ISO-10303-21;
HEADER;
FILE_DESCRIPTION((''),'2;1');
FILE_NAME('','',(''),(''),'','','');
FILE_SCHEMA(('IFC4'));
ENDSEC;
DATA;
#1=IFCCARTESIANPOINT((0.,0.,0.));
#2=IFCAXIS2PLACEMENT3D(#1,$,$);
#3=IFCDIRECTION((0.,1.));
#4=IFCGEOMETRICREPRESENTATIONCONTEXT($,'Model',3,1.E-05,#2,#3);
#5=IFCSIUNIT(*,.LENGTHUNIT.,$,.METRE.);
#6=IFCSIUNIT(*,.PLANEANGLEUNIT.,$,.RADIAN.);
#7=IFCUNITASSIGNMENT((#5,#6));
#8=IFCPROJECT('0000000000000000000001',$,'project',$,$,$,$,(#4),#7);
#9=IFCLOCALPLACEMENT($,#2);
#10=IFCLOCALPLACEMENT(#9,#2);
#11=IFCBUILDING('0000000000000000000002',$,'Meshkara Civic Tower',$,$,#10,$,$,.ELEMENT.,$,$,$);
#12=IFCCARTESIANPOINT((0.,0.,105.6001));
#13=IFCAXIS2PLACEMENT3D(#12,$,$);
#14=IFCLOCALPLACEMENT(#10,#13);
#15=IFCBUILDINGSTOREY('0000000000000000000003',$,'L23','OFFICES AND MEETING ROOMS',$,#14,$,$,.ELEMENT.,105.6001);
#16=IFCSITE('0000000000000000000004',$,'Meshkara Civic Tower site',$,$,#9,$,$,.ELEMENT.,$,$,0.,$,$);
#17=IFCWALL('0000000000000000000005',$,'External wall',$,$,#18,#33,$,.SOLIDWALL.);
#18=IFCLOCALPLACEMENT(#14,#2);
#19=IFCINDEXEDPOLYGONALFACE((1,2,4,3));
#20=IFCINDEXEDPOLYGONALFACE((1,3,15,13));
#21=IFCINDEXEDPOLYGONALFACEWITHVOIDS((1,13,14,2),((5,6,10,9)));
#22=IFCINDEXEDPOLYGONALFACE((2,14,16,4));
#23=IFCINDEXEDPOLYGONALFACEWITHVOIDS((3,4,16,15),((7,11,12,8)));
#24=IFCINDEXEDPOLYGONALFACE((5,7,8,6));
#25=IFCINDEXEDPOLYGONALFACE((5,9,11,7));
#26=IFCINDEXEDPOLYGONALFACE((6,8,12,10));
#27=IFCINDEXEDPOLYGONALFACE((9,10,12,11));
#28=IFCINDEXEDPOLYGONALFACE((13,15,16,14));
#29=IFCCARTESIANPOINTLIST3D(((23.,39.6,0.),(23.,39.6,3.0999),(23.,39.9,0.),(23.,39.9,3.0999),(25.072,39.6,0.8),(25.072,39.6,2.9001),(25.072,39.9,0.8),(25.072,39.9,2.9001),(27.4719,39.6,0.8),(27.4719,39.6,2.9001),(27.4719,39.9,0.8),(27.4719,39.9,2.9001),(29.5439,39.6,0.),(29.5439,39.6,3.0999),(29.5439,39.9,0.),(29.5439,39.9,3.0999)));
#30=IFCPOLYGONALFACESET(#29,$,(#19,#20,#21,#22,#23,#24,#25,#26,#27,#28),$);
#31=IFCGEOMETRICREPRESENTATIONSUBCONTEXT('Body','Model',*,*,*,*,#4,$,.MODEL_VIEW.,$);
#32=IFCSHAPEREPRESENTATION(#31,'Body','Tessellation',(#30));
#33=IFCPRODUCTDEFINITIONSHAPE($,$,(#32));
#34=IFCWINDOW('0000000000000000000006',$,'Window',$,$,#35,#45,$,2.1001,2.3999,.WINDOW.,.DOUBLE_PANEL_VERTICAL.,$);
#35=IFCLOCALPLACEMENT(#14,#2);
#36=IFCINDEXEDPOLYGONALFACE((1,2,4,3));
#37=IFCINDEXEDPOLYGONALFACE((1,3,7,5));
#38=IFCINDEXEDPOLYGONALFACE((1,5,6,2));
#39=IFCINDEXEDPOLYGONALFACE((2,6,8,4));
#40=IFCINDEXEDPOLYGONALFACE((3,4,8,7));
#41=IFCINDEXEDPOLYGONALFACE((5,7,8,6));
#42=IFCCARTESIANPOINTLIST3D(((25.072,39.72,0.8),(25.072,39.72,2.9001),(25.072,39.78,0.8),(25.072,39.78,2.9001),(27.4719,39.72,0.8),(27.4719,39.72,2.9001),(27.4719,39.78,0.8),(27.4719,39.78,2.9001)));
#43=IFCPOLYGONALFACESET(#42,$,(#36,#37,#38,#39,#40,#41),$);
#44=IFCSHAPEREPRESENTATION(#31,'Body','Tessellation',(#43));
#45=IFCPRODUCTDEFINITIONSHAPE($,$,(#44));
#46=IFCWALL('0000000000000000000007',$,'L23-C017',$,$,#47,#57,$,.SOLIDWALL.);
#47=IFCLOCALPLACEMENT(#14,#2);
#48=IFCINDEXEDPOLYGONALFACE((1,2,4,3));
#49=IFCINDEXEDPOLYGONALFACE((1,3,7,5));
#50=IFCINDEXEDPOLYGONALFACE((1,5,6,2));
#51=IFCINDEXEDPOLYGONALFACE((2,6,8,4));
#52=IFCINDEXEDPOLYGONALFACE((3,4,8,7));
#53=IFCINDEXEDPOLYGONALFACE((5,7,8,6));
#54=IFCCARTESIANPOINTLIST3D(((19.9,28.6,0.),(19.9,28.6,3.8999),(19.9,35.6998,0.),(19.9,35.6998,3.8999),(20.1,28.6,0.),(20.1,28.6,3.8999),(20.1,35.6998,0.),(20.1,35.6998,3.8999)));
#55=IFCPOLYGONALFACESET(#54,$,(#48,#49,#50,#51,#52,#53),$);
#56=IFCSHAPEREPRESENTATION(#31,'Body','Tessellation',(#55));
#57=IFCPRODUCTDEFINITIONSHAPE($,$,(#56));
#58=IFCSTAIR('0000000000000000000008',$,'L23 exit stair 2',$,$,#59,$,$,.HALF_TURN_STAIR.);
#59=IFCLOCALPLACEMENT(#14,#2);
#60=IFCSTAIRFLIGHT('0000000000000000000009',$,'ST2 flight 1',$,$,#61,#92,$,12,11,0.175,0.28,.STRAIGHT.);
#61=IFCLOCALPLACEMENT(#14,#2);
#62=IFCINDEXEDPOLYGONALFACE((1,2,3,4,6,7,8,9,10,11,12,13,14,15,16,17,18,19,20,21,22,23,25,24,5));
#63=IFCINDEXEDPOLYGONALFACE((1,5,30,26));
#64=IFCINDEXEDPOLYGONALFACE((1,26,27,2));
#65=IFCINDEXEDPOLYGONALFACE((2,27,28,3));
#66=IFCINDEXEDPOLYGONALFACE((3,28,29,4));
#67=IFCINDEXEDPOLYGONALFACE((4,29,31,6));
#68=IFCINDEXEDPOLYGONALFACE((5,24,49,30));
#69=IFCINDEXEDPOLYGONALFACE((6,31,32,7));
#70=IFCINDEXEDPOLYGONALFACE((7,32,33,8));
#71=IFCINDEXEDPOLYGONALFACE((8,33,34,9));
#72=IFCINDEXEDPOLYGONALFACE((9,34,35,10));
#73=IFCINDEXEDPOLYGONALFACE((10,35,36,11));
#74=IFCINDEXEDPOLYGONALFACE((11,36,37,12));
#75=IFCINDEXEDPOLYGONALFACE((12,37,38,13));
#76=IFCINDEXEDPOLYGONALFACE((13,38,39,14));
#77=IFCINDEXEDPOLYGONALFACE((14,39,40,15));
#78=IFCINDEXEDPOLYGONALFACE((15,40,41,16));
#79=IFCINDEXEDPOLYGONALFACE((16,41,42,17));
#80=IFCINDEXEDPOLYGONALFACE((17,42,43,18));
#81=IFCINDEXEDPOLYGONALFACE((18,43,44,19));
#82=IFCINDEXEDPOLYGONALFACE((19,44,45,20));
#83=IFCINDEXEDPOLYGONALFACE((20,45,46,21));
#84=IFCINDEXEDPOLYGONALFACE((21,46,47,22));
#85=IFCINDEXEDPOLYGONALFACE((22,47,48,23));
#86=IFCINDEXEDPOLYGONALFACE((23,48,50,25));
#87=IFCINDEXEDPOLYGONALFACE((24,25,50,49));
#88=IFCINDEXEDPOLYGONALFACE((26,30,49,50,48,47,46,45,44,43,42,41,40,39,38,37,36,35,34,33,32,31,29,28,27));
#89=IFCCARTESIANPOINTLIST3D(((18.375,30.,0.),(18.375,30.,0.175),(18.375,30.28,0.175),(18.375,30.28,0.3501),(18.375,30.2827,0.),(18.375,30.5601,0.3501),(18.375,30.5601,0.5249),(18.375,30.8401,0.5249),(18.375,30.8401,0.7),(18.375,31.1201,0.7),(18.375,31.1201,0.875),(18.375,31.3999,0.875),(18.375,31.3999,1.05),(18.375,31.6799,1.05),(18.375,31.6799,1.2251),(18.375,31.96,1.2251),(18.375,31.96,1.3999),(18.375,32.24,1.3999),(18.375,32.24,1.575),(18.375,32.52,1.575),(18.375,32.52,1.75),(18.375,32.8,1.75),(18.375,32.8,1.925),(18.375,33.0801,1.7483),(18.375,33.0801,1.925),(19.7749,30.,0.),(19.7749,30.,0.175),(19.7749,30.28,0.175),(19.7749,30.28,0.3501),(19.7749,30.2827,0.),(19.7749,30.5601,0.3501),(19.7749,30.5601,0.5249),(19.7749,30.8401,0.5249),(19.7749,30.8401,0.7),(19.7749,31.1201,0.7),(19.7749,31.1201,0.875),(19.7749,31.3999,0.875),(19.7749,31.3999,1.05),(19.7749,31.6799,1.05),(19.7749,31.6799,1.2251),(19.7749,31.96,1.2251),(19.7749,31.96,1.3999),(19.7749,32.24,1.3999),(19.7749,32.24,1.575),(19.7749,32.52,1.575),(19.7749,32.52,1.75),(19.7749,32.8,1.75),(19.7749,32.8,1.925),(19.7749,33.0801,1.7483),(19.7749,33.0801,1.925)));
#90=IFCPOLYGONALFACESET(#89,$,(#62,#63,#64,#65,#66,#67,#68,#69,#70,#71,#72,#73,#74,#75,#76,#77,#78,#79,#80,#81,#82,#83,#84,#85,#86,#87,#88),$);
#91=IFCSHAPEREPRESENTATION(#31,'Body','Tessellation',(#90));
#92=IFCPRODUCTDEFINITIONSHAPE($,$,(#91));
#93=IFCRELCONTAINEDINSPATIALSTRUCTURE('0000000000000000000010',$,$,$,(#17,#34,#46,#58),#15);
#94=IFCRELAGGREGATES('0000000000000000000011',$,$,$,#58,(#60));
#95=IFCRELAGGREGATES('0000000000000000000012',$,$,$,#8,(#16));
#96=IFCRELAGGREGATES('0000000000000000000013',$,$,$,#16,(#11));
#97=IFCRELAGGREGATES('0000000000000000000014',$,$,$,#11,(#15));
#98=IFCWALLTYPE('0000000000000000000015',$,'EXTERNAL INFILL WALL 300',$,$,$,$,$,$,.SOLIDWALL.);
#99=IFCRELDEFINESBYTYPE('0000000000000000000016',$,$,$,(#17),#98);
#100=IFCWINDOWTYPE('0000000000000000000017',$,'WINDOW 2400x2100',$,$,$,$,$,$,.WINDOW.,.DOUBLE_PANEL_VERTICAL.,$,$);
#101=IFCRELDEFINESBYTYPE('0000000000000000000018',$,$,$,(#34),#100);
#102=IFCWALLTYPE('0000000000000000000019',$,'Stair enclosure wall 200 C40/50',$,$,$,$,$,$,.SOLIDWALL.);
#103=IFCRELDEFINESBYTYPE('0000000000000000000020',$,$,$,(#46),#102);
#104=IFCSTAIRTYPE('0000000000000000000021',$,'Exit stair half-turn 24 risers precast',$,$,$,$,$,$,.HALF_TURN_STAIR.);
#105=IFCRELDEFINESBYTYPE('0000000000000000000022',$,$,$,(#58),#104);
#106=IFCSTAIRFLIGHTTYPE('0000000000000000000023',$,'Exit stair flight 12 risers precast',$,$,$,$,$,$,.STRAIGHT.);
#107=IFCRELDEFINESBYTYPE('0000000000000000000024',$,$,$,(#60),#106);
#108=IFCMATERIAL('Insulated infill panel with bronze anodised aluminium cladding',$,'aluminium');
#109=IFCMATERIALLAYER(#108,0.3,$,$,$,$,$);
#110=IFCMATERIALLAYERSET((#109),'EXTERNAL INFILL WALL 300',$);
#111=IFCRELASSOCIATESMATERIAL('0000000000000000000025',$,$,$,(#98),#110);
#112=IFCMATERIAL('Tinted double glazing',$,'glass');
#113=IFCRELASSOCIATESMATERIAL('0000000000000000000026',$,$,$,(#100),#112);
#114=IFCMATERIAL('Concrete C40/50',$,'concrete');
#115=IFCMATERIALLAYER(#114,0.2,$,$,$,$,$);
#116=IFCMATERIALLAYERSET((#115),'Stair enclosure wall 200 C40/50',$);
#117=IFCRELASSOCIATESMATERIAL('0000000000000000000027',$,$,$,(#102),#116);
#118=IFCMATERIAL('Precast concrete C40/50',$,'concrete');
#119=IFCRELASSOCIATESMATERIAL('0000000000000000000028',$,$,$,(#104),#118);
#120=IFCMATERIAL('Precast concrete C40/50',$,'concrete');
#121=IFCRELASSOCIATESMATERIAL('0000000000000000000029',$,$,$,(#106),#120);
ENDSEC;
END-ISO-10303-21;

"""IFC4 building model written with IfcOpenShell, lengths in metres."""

from ifc_helpers import new_model, si_unit, direction, frame, frame_2d, origin, place, context, subcontext, project, spatial, polyline, rectangle, outline, extrude, material, layer, layer_set, type_object, element, fill, aggregate, save


model = new_model("IFC4")

# Units and contexts
model_context = context("Model", 3, precision=1e-05, world=origin(), true_north=direction((0.0, 1.0)))
body_context = subcontext(model_context, "Body", "Model", "MODEL_VIEW")
ifc_project = project(units=[si_unit("LENGTHUNIT", "METRE"), si_unit("PLANEANGLEUNIT", "RADIAN")], contexts=[model_context])

# Site, building, storey
site_placement = place(None, origin())
site = spatial("IfcSite", under=ifc_project, at=site_placement, Name="Meshkara Civic Tower site", CompositionType="ELEMENT", RefElevation=0.0)
building_placement = place(site_placement, origin())
building = spatial("IfcBuilding", under=site, at=building_placement, Name="Meshkara Civic Tower", CompositionType="ELEMENT")
storey_placement = place(building_placement, frame((0.0, 0.0, 105.6001)))
storey = spatial("IfcBuildingStorey", under=building, at=storey_placement, Name="L23", Description="OFFICES AND MEETING ROOMS", CompositionType="ELEMENT", Elevation=105.6001)

# Wall, opening, window
ifc_material_1 = material(Name="Insulated infill panel with bronze anodised aluminium cladding", Category="aluminium")
ifc_layer_1 = layer(ifc_material_1, 0.3)
ifc_layer_set_1 = layer_set([ifc_layer_1], Name="EXTERNAL INFILL WALL 300")
wall_type_1 = type_object("IfcWallType", Name="EXTERNAL INFILL WALL 300", PredefinedType="SOLIDWALL", material=ifc_layer_set_1)
ifc_material_2 = material(Name="Tinted double glazing", Category="glass")
window_type_1 = type_object("IfcWindowType", Name="WINDOW 2400x2100", PartitioningType="DOUBLE_PANEL_VERTICAL", PredefinedType="WINDOW", material=ifc_material_2)
wall_1_placement = place(storey_placement, frame((29.5439, 39.75, 0.0), z_axis=(0.0, 0.0, 1.0), x_axis=(-1.0, 0.0, 0.0)))
wall_1 = element("IfcWall", 1, at=wall_1_placement, inside=storey, type_object=wall_type_1, Name="External wall", PredefinedType="SOLIDWALL", context=body_context, shape_type="SweptSolid", body=[
    extrude(rectangle(XDim=6.5439, YDim=0.3, at=frame_2d((3.272, 0.0))), origin(), (0.0, 0.0, 1.0), 3.0999),
])
opening_1_placement = place(wall_1_placement, frame((2.072, 0.0, 0.8)))
opening_1 = element("IfcOpeningElement", 2, at=opening_1_placement, cuts=wall_1, PredefinedType="OPENING", context=body_context, shape_type="SweptSolid", body=[
    extrude(rectangle(XDim=2.3999, YDim=2.1001, at=frame_2d((1.2, 1.05))), frame((0.0, 0.1599, 0.0), z_axis=(0.0, -1.0, 0.0), x_axis=(1.0, 0.0, 0.0)), (0.0, 0.0, 1.0), 0.3201),
])
window_1_placement = place(opening_1_placement, origin())
window_1 = element("IfcWindow", 3, at=window_1_placement, inside=storey, type_object=window_type_1, Name="Window", OverallHeight=2.1001, OverallWidth=2.3999, PartitioningType="DOUBLE_PANEL_VERTICAL", PredefinedType="WINDOW", context=body_context, shape_type="SweptSolid", body=[
    extrude(rectangle(XDim=2.3999, YDim=2.1001, at=frame_2d((1.2, 1.05))), frame((0.0, 0.03, 0.0), z_axis=(0.0, -1.0, 0.0), x_axis=(1.0, 0.0, 0.0)), (0.0, 0.0, 1.0), 0.0601),
])
fill(opening_1, window_1)

# Wall
ifc_material_3 = material(Name="Concrete C40/50", Category="concrete")
ifc_layer_2 = layer(ifc_material_3, 0.2)
ifc_layer_set_2 = layer_set([ifc_layer_2], Name="Stair enclosure wall 200 C40/50")
wall_type_2 = type_object("IfcWallType", Name="Stair enclosure wall 200 C40/50", PredefinedType="SOLIDWALL", material=ifc_layer_set_2)
wall_2_placement = place(storey_placement, frame((20.0, 28.6001, 0.0), z_axis=(0.0, 0.0, 1.0), x_axis=(0.0, 1.0, 0.0)))
element("IfcWall", 4, at=wall_2_placement, inside=storey, type_object=wall_type_2, Name="L23-C017", PredefinedType="SOLIDWALL", context=body_context, shape_type="SweptSolid", body=[
    extrude(rectangle(XDim=7.0999, YDim=0.2, at=frame_2d((3.5498, 0.0))), origin(), (0.0, 0.0, 1.0), 3.8999),
])

# Stair, stair flight
ifc_material_4 = material(Name="Precast concrete C40/50", Category="concrete")
stair_type = type_object("IfcStairType", Name="Exit stair half-turn 24 risers precast", PredefinedType="HALF_TURN_STAIR", material=ifc_material_4)
stair_placement = place(storey_placement, origin())
stair = element("IfcStair", 5, at=stair_placement, inside=storey, type_object=stair_type, Name="L23 exit stair 2", PredefinedType="HALF_TURN_STAIR")
ifc_material_5 = material(Name="Precast concrete C40/50", Category="concrete")
stair_flight_type = type_object("IfcStairFlightType", Name="Exit stair flight 12 risers precast", PredefinedType="STRAIGHT", material=ifc_material_5)
stair_flight_placement = place(storey_placement, frame((19.075, 30.0, 0.0), z_axis=(0.0, 0.0, 1.0), x_axis=(0.0, 1.0, 0.0)))
stair_flight = element("IfcStairFlight", 6, at=stair_flight_placement, type_object=stair_flight_type, Name="ST2 flight 1", NumberOfRisers=12, NumberOfTreads=11, PredefinedType="STRAIGHT", RiserHeight=0.175, TreadLength=0.28, context=body_context, shape_type="SweptSolid", body=[
    extrude(outline(polyline([(0.0, 0.0), (0.0, 0.175), (0.28, 0.175), (0.28, 0.3501), (0.5601, 0.3501), (0.5601, 0.5249), (0.8401, 0.5249), (0.8401, 0.7), (1.1201, 0.7), (1.1201, 0.875), (1.3999, 0.875), (1.3999, 1.05), (1.6799, 1.05), (1.6799, 1.2251), (1.96, 1.2251), (1.96, 1.3999), (2.24, 1.3999), (2.24, 1.575), (2.52, 1.575), (2.52, 1.75), (2.8, 1.75), (2.8, 1.925), (3.0801, 1.925), (3.0801, 2.1001), (3.0801, 1.7483), (0.2827, 0.0), (0.0, 0.0)])), frame((0.0, 0.7, 0.0), z_axis=(0.0, -1.0, 0.0), x_axis=(1.0, 0.0, 0.0)), (0.0, 0.0, 1.0), 1.3999),
])
aggregate(stair, [stair_flight])

save(model, "model.ifc")
